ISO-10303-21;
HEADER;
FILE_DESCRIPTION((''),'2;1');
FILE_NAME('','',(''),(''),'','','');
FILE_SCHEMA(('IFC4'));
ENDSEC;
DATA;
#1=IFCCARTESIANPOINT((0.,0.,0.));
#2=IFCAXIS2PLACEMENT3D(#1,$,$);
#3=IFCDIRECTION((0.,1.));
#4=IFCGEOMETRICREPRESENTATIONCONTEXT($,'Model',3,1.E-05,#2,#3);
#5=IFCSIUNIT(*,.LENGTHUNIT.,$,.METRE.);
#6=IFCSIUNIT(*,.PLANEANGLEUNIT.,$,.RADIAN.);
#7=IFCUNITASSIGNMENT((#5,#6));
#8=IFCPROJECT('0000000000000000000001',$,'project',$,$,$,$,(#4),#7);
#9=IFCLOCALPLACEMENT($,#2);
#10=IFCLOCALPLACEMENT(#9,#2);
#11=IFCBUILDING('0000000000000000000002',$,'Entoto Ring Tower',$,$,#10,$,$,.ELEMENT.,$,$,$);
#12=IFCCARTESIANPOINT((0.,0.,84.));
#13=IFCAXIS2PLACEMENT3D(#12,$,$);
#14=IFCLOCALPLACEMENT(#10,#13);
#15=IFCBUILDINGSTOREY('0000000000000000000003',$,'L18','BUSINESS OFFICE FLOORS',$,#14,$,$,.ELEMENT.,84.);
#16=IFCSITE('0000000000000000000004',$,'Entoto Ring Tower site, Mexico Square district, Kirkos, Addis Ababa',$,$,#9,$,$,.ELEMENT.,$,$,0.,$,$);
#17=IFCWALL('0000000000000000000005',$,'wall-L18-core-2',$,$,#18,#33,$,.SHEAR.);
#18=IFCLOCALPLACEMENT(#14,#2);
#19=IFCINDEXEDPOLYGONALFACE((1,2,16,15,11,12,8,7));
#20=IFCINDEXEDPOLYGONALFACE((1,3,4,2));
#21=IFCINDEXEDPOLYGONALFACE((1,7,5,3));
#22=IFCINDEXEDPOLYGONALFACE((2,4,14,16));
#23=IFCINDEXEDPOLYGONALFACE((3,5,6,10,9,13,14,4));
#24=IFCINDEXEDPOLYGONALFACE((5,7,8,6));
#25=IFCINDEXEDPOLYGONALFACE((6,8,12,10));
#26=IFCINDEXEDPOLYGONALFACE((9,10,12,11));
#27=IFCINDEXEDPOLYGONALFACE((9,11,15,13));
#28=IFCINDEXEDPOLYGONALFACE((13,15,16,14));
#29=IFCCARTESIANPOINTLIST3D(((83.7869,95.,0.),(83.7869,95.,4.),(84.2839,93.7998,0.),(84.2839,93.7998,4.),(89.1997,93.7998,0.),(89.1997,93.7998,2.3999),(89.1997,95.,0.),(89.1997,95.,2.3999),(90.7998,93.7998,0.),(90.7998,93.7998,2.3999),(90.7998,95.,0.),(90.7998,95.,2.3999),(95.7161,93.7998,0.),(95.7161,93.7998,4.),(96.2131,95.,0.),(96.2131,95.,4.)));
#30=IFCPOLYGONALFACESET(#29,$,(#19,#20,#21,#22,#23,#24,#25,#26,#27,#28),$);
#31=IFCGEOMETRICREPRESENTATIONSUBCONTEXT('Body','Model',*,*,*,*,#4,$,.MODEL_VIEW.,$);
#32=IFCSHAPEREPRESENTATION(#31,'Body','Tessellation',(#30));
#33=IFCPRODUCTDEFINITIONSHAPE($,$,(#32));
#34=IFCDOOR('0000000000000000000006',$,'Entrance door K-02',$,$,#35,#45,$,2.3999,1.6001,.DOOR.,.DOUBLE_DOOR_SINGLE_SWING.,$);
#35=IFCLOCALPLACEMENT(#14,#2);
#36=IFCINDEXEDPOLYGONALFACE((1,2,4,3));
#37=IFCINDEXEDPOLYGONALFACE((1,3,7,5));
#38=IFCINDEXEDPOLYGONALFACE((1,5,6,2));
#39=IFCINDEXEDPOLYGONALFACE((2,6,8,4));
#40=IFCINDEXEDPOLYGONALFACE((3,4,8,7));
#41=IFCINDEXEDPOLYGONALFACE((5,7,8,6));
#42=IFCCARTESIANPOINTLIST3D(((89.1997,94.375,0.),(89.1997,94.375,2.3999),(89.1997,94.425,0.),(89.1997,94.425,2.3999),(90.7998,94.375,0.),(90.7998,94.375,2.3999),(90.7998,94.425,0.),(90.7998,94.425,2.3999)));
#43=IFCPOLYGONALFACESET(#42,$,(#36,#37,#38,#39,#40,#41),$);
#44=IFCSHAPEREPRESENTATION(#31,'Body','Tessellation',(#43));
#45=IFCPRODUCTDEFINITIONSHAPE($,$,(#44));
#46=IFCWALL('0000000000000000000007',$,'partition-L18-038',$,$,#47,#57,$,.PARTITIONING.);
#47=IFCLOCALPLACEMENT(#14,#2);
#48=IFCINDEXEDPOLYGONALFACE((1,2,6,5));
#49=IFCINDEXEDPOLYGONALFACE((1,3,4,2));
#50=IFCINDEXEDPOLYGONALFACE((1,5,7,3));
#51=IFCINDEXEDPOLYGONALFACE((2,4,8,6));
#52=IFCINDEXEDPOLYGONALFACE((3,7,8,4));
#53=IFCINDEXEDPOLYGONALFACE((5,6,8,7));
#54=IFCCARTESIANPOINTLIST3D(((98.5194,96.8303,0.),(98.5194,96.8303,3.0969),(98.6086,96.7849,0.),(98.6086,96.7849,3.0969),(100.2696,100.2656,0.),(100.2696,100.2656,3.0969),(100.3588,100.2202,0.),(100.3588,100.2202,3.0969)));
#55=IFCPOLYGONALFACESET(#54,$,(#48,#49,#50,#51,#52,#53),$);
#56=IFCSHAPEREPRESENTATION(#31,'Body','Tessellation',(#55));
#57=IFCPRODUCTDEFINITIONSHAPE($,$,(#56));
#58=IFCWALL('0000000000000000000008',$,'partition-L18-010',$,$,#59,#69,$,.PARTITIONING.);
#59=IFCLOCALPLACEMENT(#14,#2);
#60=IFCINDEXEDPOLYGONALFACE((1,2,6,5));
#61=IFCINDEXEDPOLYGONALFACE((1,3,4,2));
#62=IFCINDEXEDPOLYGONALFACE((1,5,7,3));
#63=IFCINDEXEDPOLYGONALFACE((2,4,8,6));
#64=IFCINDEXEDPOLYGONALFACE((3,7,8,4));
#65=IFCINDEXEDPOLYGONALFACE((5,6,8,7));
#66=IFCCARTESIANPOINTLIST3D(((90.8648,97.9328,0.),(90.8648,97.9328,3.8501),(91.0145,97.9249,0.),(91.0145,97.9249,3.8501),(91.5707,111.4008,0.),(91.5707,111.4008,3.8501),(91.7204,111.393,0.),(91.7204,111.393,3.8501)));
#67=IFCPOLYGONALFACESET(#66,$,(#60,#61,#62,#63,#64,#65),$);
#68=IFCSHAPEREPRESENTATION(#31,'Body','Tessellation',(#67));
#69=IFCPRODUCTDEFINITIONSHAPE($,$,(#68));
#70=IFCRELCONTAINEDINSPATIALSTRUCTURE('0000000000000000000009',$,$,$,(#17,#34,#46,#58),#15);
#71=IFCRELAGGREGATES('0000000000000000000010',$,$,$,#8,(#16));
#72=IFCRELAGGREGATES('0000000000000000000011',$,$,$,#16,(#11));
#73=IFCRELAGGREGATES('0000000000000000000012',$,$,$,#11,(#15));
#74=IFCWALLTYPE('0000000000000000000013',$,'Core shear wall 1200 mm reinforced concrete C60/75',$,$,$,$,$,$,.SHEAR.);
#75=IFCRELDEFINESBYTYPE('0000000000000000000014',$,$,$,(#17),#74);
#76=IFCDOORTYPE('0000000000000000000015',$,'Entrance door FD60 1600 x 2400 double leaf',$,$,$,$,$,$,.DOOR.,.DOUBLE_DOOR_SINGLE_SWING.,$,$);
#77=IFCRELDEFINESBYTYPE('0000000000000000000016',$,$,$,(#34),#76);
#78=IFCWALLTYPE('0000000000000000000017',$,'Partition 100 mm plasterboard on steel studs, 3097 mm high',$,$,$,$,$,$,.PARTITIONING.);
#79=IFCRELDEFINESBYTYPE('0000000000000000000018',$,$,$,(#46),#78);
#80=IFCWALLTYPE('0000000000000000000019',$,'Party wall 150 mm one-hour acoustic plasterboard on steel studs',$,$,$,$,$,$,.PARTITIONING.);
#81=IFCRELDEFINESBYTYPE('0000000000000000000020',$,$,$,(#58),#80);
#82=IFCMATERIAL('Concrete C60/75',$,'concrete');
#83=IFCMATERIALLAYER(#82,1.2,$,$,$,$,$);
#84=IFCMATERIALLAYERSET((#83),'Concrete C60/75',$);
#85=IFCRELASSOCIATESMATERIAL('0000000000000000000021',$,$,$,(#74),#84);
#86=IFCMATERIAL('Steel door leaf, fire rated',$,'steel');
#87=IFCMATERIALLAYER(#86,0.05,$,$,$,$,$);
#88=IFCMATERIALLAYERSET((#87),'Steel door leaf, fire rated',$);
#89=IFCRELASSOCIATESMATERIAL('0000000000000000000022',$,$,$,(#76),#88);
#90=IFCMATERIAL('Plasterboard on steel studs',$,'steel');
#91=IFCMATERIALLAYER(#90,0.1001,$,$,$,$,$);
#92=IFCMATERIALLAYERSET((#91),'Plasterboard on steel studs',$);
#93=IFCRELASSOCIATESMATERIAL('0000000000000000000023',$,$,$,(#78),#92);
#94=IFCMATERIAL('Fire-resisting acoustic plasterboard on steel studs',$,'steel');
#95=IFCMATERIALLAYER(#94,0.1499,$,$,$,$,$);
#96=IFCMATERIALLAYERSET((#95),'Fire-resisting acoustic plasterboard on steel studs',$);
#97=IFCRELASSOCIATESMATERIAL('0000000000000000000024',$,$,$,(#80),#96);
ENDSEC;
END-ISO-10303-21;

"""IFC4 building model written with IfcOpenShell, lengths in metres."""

from ifc_helpers import new_model, si_unit, direction, frame, frame_2d, origin, place, context, subcontext, project, spatial, polyline, rectangle, outline, extrude, material, layer, layer_set, type_object, element, fill, save


model = new_model("IFC4")

# Units and contexts
model_context = context("Model", 3, precision=1e-05, world=origin(), true_north=direction((0.0, 1.0)))
body_context = subcontext(model_context, "Body", "Model", "MODEL_VIEW")
ifc_project = project(units=[si_unit("LENGTHUNIT", "METRE"), si_unit("PLANEANGLEUNIT", "RADIAN")], contexts=[model_context])

# Site, building, storey
site_placement = place(None, origin())
site = spatial("IfcSite", under=ifc_project, at=site_placement, Name="Entoto Ring Tower site, Mexico Square district, Kirkos, Addis Ababa", CompositionType="ELEMENT", RefElevation=0.0)
building_placement = place(site_placement, origin())
building = spatial("IfcBuilding", under=site, at=building_placement, Name="Entoto Ring Tower", CompositionType="ELEMENT")
storey_placement = place(building_placement, frame((0.0, 0.0, 84.0)))
storey = spatial("IfcBuildingStorey", under=building, at=storey_placement, Name="L18", Description="BUSINESS OFFICE FLOORS", CompositionType="ELEMENT", Elevation=84.0)

# Wall, opening, door
ifc_material_1 = material(Name="Concrete C60/75", Category="concrete")
ifc_layer_1 = layer(ifc_material_1, 1.2)
ifc_layer_set_1 = layer_set([ifc_layer_1], Name="Concrete C60/75")
wall_type_1 = type_object("IfcWallType", Name="Core shear wall 1200 mm reinforced concrete C60/75", PredefinedType="SHEAR", material=ifc_layer_set_1)
wall_1_placement = place(storey_placement, frame((95.9646, 94.3999, 0.0), z_axis=(0.0, 0.0, 1.0), x_axis=(-1.0, 0.0, 0.0)))
wall_1 = element("IfcWall", 1, at=wall_1_placement, inside=storey, type_object=wall_type_1, Name="wall-L18-core-2", PredefinedType="SHEAR", context=body_context, shape_type="SweptSolid", body=[
    extrude(outline(polyline([(-0.2485, -0.6001), (12.1777, -0.6001), (11.6807, 0.6001), (0.2485, 0.6001), (-0.2485, -0.6001)])), origin(), (0.0, 0.0, 1.0), 4.0),
])
opening_1_placement = place(wall_1_placement, frame((5.1648, 0.0, 0.0)))
opening_1 = element("IfcOpeningElement", 2, at=opening_1_placement, cuts=wall_1, PredefinedType="OPENING", context=body_context, shape_type="SweptSolid", body=[
    extrude(rectangle(XDim=1.6001, YDim=2.3999, at=frame_2d((0.8, 1.2))), frame((0.0, 0.6099, 0.0), z_axis=(0.0, -1.0, 0.0), x_axis=(1.0, 0.0, 0.0)), (0.0, 0.0, 1.0), 1.22),
])
ifc_material_2 = material(Name="Steel door leaf, fire rated", Category="steel")
ifc_layer_2 = layer(ifc_material_2, 0.05)
ifc_layer_set_2 = layer_set([ifc_layer_2], Name="Steel door leaf, fire rated")
door_type_1 = type_object("IfcDoorType", Name="Entrance door FD60 1600 x 2400 double leaf", OperationType="DOUBLE_DOOR_SINGLE_SWING", PredefinedType="DOOR", material=ifc_layer_set_2)
door_1_placement = place(opening_1_placement, origin())
door_1 = element("IfcDoor", 3, at=door_1_placement, inside=storey, type_object=door_type_1, Name="Entrance door K-02", OperationType="DOUBLE_DOOR_SINGLE_SWING", OverallHeight=2.3999, OverallWidth=1.6001, PredefinedType="DOOR", context=body_context, shape_type="SweptSolid", body=[
    extrude(rectangle(XDim=1.6001, YDim=2.3999, at=frame_2d((0.8, 1.2))), frame((0.0, 0.0249, 0.0), z_axis=(0.0, -1.0, 0.0), x_axis=(1.0, 0.0, 0.0)), (0.0, 0.0, 1.0), 0.05),
])
fill(opening_1, door_1)

# Walls
ifc_material_3 = material(Name="Plasterboard on steel studs", Category="steel")
ifc_layer_3 = layer(ifc_material_3, 0.1001)
ifc_layer_set_3 = layer_set([ifc_layer_3], Name="Plasterboard on steel studs")
wall_type_2 = type_object("IfcWallType", Name="Partition 100 mm plasterboard on steel studs, 3097 mm high", PredefinedType="PARTITIONING", material=ifc_layer_set_3)
wall_2_placement = place(storey_placement, frame((98.564, 96.8076, 0.0), z_axis=(0.0, 0.0, 1.0), x_axis=(0.453964, 0.89102, 0.0)))
element("IfcWall", 4, at=wall_2_placement, inside=storey, type_object=wall_type_2, Name="partition-L18-038", PredefinedType="PARTITIONING", context=body_context, shape_type="SweptSolid", body=[
    extrude(rectangle(XDim=3.8555, YDim=0.1001, at=frame_2d((1.9277, 0.0))), origin(), (0.0, 0.0, 1.0), 3.0969),
])
ifc_material_4 = material(Name="Fire-resisting acoustic plasterboard on steel studs", Category="steel")
ifc_layer_4 = layer(ifc_material_4, 0.1499)
ifc_layer_set_4 = layer_set([ifc_layer_4], Name="Fire-resisting acoustic plasterboard on steel studs")
wall_type_3 = type_object("IfcWallType", Name="Party wall 150 mm one-hour acoustic plasterboard on steel studs", PredefinedType="PARTITIONING", material=ifc_layer_set_4)
wall_3_placement = place(storey_placement, frame((90.9397, 97.929, 0.0), z_axis=(0.0, 0.0, 1.0), x_axis=(0.052335, 0.99863, 0.0)))
element("IfcWall", 5, at=wall_3_placement, inside=storey, type_object=wall_type_3, Name="partition-L18-010", PredefinedType="PARTITIONING", context=body_context, shape_type="SweptSolid", body=[
    extrude(rectangle(XDim=13.4866, YDim=0.1499, at=frame_2d((6.7432, 0.0))), origin(), (0.0, 0.0, 1.0), 3.8501),
])

save(model, "model.ifc")
